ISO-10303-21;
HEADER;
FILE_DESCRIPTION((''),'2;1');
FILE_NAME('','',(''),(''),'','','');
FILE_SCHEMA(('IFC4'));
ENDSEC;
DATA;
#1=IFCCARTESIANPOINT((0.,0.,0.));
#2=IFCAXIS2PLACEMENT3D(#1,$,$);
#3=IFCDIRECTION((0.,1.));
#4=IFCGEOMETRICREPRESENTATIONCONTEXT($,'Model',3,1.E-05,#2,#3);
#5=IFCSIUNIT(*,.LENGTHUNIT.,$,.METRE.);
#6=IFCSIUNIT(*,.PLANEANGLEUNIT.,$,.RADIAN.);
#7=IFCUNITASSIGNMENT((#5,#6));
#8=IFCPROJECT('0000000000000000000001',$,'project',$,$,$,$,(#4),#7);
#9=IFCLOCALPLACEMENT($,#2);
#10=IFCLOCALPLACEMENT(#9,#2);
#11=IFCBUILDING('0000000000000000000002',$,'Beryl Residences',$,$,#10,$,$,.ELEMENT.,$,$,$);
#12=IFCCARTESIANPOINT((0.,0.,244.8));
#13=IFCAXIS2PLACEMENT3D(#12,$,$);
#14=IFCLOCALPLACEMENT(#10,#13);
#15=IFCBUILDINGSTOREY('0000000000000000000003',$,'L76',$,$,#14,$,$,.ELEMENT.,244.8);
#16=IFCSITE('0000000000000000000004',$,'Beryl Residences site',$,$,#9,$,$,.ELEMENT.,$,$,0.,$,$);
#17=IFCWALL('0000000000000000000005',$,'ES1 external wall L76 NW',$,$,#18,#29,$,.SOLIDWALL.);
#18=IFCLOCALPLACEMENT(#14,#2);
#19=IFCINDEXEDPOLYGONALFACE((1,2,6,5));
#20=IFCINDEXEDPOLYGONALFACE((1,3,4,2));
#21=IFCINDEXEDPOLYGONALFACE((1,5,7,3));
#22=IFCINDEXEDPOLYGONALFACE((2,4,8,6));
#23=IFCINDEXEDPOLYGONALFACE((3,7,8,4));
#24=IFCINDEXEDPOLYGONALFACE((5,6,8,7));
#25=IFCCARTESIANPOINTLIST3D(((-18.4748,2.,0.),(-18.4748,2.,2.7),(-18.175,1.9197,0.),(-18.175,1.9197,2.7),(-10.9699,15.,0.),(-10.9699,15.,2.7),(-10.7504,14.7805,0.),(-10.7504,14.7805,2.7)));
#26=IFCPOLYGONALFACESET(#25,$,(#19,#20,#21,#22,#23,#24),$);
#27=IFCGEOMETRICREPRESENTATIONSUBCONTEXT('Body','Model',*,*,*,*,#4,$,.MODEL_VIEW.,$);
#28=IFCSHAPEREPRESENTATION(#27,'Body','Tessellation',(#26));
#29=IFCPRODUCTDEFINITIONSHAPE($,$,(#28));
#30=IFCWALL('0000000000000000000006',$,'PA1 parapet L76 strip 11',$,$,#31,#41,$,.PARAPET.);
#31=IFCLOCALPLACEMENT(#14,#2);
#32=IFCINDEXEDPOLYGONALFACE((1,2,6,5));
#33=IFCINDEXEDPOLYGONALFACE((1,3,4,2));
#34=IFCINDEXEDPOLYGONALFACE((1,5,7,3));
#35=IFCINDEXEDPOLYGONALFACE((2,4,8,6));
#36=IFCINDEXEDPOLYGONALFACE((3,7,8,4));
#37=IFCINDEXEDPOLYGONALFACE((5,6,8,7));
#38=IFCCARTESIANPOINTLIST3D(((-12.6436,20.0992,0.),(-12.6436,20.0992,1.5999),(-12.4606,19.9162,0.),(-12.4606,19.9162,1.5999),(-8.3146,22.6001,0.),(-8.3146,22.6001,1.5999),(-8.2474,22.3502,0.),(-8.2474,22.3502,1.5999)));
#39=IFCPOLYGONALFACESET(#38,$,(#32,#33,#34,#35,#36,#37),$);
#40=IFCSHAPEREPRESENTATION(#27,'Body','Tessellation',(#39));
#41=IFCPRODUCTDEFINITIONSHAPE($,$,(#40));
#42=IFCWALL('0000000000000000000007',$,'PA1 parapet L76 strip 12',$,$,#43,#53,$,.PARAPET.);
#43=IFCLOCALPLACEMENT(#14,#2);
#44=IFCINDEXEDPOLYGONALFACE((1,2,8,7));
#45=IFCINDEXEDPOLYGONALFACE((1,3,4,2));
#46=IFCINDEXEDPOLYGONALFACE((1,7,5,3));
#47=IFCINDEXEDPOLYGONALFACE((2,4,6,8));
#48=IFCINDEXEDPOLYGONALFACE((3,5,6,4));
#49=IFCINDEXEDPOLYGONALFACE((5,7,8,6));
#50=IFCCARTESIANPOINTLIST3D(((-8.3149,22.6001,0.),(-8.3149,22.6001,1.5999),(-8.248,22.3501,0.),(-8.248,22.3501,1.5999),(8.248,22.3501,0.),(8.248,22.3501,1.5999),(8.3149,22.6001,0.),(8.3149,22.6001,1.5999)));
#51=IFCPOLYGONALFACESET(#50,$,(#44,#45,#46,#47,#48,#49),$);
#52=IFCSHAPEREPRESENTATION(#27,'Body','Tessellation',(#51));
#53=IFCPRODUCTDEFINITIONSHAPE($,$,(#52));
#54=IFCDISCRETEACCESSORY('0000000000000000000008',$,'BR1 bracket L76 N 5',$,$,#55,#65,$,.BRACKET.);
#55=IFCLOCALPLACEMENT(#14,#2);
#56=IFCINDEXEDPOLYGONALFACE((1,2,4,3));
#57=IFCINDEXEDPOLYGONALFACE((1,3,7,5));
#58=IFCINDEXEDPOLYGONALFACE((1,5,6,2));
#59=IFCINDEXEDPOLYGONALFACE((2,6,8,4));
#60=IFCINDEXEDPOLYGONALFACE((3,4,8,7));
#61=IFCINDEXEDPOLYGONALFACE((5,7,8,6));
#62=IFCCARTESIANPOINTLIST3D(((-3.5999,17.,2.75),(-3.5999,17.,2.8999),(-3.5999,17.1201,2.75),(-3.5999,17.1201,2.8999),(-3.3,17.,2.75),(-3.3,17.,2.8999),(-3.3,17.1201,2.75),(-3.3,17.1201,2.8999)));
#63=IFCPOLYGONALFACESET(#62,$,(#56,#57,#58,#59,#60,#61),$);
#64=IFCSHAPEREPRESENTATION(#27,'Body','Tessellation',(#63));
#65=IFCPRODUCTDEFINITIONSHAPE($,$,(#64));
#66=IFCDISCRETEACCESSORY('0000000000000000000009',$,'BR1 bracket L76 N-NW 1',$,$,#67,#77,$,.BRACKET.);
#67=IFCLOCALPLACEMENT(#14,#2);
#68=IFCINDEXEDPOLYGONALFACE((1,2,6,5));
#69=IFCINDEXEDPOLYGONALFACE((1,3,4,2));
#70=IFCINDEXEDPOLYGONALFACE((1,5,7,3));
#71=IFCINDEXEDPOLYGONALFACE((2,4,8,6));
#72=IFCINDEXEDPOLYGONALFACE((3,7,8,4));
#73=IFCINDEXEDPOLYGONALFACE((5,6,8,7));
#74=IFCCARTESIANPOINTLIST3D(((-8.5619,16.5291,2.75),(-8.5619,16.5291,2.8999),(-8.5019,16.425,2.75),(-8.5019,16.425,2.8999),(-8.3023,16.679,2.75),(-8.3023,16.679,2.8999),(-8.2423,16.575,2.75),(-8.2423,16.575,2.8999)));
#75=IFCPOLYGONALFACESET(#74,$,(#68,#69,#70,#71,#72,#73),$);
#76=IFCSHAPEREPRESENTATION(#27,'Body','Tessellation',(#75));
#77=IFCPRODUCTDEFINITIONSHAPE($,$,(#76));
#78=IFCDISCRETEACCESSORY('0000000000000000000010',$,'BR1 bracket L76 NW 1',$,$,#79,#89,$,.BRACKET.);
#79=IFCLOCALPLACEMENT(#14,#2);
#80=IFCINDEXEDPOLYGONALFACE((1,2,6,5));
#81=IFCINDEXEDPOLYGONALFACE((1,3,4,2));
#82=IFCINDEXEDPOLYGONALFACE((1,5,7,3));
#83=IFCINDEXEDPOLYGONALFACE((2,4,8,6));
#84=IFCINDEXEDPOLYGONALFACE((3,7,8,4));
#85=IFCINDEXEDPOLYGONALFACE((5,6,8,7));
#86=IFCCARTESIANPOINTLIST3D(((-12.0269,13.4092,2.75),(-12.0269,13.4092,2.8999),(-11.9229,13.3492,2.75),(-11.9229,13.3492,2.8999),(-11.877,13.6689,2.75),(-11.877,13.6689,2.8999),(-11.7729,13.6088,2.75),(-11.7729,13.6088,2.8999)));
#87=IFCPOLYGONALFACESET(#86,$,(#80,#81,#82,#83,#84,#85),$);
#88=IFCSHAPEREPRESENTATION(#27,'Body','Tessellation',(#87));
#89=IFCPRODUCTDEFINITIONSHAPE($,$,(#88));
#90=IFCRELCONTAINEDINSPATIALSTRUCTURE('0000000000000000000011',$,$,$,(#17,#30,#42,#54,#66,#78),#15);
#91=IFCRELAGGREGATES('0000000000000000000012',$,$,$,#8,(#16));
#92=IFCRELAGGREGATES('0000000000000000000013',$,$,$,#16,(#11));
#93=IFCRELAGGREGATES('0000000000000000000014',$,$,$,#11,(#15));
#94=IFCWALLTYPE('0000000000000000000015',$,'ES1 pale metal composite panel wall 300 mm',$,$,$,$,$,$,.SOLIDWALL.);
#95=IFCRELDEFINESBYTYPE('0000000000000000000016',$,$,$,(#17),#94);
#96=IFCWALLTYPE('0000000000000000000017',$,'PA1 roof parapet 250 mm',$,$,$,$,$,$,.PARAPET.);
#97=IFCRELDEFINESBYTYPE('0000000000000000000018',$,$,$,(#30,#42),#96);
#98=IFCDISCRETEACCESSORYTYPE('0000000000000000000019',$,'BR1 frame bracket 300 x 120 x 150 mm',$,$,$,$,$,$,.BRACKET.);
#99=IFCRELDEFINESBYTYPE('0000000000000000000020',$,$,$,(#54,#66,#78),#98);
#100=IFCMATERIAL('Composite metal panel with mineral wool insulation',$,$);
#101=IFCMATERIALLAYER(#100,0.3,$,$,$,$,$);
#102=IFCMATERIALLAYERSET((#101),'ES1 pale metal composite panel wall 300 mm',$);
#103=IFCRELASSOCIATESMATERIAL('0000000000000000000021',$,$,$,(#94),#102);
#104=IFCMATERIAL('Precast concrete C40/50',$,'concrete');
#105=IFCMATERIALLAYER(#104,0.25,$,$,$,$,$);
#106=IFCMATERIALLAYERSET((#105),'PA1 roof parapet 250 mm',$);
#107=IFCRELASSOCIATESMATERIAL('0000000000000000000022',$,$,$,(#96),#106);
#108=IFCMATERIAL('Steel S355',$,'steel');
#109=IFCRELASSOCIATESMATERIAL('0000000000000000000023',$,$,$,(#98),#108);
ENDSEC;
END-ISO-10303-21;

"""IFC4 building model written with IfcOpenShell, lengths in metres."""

from ifc_helpers import new_model, si_unit, direction, frame, origin, place, context, subcontext, project, spatial, polyline, outline, extrude, source, transform, mapped, material, layer, layer_set, type_object, type_shapes, element, save


model = new_model("IFC4")

# Units and contexts
model_context = context("Model", 3, precision=1e-05, world=origin(), true_north=direction((0.0, 1.0)))
body_context = subcontext(model_context, "Body", "Model", "MODEL_VIEW")
ifc_project = project(units=[si_unit("LENGTHUNIT", "METRE"), si_unit("PLANEANGLEUNIT", "RADIAN")], contexts=[model_context])

# Site, building, storey
site_placement = place(None, origin())
site = spatial("IfcSite", under=ifc_project, at=site_placement, Name="Beryl Residences site", CompositionType="ELEMENT", RefElevation=0.0)
building_placement = place(site_placement, origin())
building = spatial("IfcBuilding", under=site, at=building_placement, Name="Beryl Residences", CompositionType="ELEMENT")
storey_placement = place(building_placement, frame((0.0, 0.0, 244.8)))
storey = spatial("IfcBuildingStorey", under=building, at=storey_placement, Name="L76", CompositionType="ELEMENT", Elevation=244.8)

# Walls
ifc_material_1 = material(Name="Composite metal panel with mineral wool insulation")
ifc_layer_1 = layer(ifc_material_1, 0.3)
ifc_layer_set_1 = layer_set([ifc_layer_1], Name="ES1 pale metal composite panel wall 300 mm")
wall_type_1 = type_object("IfcWallType", Name="ES1 pale metal composite panel wall 300 mm", PredefinedType="SOLIDWALL", material=ifc_layer_set_1)
wall_1_placement = place(storey_placement, frame((-10.8401, 14.925, 0.0), z_axis=(0.0, 0.0, 1.0), x_axis=(-0.499966, -0.866045, 0.0)))
element("IfcWall", 1, at=wall_1_placement, inside=storey, type_object=wall_type_1, Name="ES1 external wall L76 NW", PredefinedType="SOLIDWALL", context=body_context, shape_type="SweptSolid", body=[
    extrude(outline(polyline([(0.0, -0.1499), (15.0107, -0.1499), (14.9304, 0.1499), (0.0803, 0.1499), (0.0, -0.1499)])), origin(), (0.0, 0.0, 1.0), 2.7),
])
ifc_material_2 = material(Name="Precast concrete C40/50", Category="concrete")
ifc_layer_2 = layer(ifc_material_2, 0.25)
ifc_layer_set_2 = layer_set([ifc_layer_2], Name="PA1 roof parapet 250 mm")
wall_type_2 = type_object("IfcWallType", Name="PA1 roof parapet 250 mm", PredefinedType="PARAPET", material=ifc_layer_set_2)
wall_2_placement = place(storey_placement, frame((-12.5811, 19.991, 0.0), z_axis=(0.0, 0.0, 1.0), x_axis=(0.86589, 0.500235, 0.0)))
element("IfcWall", 2, at=wall_2_placement, inside=storey, type_object=wall_type_2, Name="PA1 parapet L76 strip 11", PredefinedType="PARAPET", context=body_context, shape_type="SweptSolid", body=[
    extrude(outline(polyline([(0.0669, -0.125), (4.9326, -0.125), (4.9995, 0.125), (0.0, 0.125), (0.0669, -0.125)])), origin(), (0.0, 0.0, 1.0), 1.5999),
])
wall_3_placement = place(storey_placement, frame((-8.3149, 22.4751, 0.0), z_axis=(0.0, 0.0, 1.0), x_axis=(1.0, 0.0, 0.0)))
element("IfcWall", 3, at=wall_3_placement, inside=storey, type_object=wall_type_2, Name="PA1 parapet L76 strip 12", PredefinedType="PARAPET", context=body_context, shape_type="SweptSolid", body=[
    extrude(outline(polyline([(0.0669, -0.125), (16.563, -0.125), (16.6299, 0.125), (0.0, 0.125), (0.0669, -0.125)])), origin(), (0.0, 0.0, 1.0), 1.5999),
])

# Discrete accessories
ifc_material_3 = material(Name="Steel S355", Category="steel")
discrete_accessory_type = type_object("IfcDiscreteAccessoryType", Name="BR1 frame bracket 300 x 120 x 150 mm", PredefinedType="BRACKET", material=ifc_material_3)
shared_shape_1 = source(origin(), body_context, "Body", "SweptSolid", [
    extrude(outline(polyline([(-0.1499, 0.0), (0.1499, 0.0), (0.1499, 0.1201), (-0.1499, 0.1201), (-0.1499, 0.0)])), origin(), (0.0, 0.0, 1.0), 0.1499),
])
type_shapes(discrete_accessory_type, [shared_shape_1])
for number, where, z_axis, x_axis, name in (
    (4, (-3.45, 17.0, 2.75), (0.0, 0.0, 1.0), (1.0, 0.0, 0.0), "BR1 bracket L76 N 5"),
    (5, (-8.3721, 16.5, 2.75), (0.0, 0.0, 1.0), (0.866025, 0.5, 0.0), "BR1 bracket L76 N-NW 1"),
    (6, (-11.8479, 13.479, 2.75), (0.0, 0.0, 1.0), (0.5, 0.866025, 0.0), "BR1 bracket L76 NW 1"),
):
    element("IfcDiscreteAccessory", number, at=place(storey_placement, frame(where, z_axis=z_axis, x_axis=x_axis)), inside=storey, type_object=discrete_accessory_type, Name=name, PredefinedType="BRACKET", context=body_context, shape_type="MappedRepresentation", body=[
        mapped(shared_shape_1, transform((0.0, 0.0, 0.0))),
    ])

save(model, "model.ifc")
